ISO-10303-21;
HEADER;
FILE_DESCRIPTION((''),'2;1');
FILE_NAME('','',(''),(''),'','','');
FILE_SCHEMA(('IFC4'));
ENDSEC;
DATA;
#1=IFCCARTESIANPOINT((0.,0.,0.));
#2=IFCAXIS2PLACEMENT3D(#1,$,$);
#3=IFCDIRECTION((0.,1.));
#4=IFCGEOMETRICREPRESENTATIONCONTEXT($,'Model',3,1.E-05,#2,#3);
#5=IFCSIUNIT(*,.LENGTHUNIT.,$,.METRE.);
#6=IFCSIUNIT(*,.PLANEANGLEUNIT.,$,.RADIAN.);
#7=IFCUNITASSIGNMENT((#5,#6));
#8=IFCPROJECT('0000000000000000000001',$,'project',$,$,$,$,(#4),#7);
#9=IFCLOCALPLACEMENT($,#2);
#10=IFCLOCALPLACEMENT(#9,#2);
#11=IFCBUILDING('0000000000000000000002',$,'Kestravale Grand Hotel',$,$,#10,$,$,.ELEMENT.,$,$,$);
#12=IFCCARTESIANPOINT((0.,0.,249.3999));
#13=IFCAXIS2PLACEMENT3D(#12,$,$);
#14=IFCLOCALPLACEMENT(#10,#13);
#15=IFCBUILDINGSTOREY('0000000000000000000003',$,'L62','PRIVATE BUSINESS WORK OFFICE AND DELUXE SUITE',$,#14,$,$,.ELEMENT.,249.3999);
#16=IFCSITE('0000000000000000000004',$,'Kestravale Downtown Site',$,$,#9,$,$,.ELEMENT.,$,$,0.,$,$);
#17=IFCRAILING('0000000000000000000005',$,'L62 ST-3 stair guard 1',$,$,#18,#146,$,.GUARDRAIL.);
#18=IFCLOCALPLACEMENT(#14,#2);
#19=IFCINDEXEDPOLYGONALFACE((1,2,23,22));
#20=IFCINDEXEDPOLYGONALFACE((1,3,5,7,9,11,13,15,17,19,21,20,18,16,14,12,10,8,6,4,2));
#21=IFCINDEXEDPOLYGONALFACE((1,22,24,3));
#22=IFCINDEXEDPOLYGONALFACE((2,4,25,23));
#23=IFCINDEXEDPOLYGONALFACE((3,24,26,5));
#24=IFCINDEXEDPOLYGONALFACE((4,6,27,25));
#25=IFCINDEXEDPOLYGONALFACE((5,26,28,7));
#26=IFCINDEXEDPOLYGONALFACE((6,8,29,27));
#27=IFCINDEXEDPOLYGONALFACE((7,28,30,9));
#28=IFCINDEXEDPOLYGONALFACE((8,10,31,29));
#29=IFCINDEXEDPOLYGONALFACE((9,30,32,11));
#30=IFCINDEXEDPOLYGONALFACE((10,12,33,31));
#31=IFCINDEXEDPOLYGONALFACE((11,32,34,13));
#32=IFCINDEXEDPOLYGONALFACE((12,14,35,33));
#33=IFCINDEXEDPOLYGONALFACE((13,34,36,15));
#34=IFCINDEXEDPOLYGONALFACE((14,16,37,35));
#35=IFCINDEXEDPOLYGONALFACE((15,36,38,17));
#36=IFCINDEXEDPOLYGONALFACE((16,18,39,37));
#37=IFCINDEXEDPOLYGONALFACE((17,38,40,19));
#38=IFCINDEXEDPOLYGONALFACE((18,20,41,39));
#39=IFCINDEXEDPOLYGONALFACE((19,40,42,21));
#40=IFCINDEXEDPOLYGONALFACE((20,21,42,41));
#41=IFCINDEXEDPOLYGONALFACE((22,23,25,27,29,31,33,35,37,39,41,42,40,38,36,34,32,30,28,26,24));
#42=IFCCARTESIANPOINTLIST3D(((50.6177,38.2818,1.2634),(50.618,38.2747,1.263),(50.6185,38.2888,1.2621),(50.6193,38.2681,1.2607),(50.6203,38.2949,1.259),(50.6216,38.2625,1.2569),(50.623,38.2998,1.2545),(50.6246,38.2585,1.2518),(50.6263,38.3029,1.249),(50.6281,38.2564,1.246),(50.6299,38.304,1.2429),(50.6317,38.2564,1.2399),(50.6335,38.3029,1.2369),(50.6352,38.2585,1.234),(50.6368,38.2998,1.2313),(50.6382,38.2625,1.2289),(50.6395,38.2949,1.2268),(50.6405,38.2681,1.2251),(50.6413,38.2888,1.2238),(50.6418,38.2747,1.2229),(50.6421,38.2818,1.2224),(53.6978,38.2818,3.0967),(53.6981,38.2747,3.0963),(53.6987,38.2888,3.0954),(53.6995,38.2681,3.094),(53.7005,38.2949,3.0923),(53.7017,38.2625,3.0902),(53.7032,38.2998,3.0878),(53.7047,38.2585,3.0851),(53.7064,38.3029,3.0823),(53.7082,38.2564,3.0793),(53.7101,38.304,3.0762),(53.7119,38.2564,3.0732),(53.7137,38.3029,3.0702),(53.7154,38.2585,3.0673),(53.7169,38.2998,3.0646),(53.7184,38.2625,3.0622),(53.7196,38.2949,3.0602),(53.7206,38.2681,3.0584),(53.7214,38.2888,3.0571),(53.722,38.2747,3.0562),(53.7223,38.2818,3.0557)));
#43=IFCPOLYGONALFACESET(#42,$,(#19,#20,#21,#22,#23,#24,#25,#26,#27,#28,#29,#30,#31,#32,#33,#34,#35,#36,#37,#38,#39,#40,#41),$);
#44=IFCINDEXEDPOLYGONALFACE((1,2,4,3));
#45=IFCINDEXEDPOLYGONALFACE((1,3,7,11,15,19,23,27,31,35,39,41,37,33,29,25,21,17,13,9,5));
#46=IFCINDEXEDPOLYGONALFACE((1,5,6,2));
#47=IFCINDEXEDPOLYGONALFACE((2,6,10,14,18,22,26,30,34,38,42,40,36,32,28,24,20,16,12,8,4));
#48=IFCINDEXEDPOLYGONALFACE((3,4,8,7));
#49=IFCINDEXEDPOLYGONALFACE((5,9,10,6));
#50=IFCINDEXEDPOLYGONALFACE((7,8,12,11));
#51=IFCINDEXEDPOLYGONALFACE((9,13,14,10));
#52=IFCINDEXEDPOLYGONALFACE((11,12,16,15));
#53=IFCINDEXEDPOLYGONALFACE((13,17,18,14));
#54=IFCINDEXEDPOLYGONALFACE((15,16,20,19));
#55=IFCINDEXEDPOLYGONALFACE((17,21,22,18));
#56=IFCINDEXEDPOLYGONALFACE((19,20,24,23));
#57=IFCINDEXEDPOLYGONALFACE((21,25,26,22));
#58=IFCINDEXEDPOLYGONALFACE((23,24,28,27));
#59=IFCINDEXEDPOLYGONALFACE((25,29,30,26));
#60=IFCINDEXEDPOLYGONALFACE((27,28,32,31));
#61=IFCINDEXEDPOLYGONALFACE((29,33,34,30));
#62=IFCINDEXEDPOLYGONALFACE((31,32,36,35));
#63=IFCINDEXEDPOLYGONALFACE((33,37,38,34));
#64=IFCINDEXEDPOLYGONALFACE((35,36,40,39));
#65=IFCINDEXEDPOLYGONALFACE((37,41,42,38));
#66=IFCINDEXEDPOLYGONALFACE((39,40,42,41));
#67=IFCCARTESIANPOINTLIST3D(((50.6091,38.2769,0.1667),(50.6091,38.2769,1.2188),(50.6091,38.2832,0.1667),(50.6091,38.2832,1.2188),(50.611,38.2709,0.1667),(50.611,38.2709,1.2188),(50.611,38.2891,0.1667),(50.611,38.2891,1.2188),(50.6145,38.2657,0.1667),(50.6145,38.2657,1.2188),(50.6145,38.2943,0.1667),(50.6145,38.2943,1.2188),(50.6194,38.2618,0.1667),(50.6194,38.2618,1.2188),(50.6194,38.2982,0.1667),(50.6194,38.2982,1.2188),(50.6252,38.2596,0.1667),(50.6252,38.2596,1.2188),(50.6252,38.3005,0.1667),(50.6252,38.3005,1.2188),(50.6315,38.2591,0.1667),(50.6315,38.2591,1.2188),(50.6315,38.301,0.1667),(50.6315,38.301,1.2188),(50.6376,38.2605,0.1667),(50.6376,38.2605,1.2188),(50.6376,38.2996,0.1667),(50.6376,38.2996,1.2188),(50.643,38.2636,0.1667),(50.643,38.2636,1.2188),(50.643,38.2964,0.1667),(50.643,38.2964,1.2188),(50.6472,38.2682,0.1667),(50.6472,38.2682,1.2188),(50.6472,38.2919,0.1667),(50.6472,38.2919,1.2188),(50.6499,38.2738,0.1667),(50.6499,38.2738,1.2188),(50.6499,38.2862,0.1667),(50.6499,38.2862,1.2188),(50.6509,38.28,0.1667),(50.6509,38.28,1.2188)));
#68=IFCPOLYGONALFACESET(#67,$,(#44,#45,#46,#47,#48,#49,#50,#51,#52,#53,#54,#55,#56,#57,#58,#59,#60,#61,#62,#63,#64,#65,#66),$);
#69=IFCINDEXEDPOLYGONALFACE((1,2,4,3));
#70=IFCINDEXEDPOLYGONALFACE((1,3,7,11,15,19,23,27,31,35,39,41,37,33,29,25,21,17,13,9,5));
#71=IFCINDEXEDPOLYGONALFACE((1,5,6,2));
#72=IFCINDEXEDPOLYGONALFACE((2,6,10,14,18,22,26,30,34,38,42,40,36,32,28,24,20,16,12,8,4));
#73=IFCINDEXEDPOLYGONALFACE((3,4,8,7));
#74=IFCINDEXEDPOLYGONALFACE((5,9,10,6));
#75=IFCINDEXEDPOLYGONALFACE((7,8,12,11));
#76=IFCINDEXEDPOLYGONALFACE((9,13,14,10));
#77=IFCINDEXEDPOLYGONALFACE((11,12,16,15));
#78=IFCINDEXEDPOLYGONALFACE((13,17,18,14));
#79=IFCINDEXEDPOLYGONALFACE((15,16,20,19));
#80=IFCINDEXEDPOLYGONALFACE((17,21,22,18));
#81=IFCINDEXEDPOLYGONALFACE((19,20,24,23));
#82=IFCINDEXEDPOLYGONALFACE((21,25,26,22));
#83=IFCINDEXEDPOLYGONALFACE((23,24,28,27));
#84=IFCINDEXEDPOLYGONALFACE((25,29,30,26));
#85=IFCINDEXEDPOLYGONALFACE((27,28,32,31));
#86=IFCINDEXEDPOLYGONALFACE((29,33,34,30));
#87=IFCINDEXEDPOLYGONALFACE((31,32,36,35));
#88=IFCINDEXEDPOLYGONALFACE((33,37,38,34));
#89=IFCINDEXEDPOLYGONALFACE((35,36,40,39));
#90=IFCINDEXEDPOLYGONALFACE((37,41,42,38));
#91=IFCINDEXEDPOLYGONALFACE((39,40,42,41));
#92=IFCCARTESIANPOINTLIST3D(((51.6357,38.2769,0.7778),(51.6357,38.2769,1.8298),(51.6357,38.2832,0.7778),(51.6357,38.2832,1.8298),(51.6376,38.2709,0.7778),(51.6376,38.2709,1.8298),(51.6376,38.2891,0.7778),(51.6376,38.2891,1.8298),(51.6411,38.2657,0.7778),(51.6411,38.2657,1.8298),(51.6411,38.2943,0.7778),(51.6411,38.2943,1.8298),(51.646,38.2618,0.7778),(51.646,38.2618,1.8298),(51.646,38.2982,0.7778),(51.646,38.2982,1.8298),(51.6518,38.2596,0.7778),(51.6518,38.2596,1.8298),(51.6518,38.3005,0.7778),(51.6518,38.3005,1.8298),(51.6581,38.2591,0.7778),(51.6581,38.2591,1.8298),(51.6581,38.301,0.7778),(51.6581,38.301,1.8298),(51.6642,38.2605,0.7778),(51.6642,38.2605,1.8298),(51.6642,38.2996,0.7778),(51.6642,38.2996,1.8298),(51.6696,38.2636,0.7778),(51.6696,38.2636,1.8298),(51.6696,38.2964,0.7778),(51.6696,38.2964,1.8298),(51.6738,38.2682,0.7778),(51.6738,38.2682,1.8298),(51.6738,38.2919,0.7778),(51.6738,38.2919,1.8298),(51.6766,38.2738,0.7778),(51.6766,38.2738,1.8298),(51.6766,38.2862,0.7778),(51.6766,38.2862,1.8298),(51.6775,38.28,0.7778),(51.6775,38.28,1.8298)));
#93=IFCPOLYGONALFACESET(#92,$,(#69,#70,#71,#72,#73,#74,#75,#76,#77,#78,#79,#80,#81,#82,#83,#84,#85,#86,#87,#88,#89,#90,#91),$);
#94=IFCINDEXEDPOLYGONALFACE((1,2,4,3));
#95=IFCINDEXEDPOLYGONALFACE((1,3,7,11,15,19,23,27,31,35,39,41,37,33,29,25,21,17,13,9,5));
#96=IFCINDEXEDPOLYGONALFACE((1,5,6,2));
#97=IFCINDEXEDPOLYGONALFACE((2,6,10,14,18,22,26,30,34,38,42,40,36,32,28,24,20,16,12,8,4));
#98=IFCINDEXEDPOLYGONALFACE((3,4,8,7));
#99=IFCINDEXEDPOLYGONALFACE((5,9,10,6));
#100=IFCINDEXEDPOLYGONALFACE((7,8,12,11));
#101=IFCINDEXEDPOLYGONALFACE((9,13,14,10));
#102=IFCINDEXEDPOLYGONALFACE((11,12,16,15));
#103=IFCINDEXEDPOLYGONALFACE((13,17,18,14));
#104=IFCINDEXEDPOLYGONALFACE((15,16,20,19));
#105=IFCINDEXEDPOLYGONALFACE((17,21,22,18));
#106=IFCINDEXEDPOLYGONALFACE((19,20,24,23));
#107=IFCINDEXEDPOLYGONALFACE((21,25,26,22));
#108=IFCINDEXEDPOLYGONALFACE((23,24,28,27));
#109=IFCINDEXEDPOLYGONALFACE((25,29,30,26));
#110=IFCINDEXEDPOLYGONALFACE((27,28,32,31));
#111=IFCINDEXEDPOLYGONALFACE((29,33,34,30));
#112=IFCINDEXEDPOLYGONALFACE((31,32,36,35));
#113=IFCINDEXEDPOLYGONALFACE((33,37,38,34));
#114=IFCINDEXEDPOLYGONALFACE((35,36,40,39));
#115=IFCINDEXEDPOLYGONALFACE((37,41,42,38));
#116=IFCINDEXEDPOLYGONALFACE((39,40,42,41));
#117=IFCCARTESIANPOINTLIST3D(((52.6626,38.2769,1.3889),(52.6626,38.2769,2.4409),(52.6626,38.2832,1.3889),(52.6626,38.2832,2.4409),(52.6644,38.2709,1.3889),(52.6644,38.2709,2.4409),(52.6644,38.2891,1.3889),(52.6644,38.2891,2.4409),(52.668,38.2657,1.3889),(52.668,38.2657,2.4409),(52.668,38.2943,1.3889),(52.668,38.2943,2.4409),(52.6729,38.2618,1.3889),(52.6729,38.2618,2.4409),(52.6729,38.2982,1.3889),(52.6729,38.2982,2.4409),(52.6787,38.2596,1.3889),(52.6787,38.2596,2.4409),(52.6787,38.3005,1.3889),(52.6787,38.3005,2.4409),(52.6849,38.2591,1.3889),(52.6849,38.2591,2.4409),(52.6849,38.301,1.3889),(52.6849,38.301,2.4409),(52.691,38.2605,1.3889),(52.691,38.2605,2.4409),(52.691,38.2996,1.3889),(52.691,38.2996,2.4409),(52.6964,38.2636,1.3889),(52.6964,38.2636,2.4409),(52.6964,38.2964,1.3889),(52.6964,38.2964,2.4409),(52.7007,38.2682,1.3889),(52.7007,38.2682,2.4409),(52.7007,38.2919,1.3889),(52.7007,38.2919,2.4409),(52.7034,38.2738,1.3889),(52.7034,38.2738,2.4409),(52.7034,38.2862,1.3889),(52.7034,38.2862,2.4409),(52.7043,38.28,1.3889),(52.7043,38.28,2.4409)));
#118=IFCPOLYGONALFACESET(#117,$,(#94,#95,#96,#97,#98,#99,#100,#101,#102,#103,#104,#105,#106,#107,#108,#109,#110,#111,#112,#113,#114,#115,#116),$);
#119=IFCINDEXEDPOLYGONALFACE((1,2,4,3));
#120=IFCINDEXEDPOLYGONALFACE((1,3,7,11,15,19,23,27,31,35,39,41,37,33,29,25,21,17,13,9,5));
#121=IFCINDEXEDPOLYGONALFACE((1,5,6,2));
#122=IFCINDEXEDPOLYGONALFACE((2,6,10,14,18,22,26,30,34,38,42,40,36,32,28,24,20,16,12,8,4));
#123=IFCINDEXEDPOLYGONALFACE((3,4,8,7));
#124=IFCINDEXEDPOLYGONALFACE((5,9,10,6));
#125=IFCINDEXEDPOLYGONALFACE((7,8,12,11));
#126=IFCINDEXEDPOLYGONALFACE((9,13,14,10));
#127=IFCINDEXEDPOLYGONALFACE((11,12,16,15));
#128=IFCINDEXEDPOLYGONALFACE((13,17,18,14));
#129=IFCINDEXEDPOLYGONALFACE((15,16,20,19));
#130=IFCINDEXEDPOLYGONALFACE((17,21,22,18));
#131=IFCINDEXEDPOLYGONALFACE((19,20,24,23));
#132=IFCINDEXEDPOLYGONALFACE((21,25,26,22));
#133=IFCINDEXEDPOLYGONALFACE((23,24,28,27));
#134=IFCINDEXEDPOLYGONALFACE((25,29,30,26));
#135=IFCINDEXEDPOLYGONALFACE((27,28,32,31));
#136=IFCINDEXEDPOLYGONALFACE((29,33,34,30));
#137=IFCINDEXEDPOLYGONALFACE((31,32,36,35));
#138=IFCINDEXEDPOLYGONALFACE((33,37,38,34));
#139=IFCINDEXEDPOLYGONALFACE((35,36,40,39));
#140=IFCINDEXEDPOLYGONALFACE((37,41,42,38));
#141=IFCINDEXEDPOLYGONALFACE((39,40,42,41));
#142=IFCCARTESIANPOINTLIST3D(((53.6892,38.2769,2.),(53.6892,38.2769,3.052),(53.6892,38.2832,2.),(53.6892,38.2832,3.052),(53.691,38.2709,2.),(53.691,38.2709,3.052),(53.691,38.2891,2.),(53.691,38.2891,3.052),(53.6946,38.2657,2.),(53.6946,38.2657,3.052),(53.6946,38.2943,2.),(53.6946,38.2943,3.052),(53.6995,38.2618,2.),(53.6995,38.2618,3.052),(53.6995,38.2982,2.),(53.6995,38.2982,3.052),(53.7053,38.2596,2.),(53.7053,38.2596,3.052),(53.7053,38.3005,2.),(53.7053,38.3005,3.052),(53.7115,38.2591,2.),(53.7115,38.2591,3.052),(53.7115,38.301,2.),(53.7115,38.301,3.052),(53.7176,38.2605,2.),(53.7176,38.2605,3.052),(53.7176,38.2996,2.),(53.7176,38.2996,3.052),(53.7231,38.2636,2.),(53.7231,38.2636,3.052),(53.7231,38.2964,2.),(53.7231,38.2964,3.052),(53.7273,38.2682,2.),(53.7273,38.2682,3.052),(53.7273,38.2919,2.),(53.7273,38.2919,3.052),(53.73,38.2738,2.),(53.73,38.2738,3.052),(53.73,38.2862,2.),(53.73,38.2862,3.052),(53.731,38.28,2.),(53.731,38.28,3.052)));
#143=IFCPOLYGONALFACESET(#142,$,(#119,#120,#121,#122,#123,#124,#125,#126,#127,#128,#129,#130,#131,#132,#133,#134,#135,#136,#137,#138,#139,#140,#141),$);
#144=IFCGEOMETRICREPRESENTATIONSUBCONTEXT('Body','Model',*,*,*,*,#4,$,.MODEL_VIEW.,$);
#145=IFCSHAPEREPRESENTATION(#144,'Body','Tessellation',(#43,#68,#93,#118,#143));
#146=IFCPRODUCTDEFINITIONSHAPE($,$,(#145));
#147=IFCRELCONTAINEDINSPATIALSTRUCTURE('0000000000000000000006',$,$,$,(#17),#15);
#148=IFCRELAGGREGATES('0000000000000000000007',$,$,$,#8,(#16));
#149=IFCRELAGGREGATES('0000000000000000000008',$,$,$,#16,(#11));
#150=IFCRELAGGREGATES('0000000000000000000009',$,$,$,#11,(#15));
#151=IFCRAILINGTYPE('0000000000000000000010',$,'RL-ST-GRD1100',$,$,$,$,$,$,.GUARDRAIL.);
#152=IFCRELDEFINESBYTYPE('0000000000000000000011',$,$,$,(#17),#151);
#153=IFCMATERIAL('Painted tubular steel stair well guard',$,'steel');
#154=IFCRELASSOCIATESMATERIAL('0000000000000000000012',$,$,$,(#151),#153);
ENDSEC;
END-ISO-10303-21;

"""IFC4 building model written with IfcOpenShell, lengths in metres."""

from ifc_helpers import new_model, si_unit, direction, frame, origin, origin_2d, place, context, subcontext, project, spatial, circle, extrude, material, type_object, element, save


model = new_model("IFC4")

# Units and contexts
model_context = context("Model", 3, precision=1e-05, world=origin(), true_north=direction((0.0, 1.0)))
body_context = subcontext(model_context, "Body", "Model", "MODEL_VIEW")
ifc_project = project(units=[si_unit("LENGTHUNIT", "METRE"), si_unit("PLANEANGLEUNIT", "RADIAN")], contexts=[model_context])

# Site, building, storey
site_placement = place(None, origin())
site = spatial("IfcSite", under=ifc_project, at=site_placement, Name="Kestravale Downtown Site", CompositionType="ELEMENT", RefElevation=0.0)
building_placement = place(site_placement, origin())
building = spatial("IfcBuilding", under=site, at=building_placement, Name="Kestravale Grand Hotel", CompositionType="ELEMENT")
storey_placement = place(building_placement, frame((0.0, 0.0, 249.3999)))
storey = spatial("IfcBuildingStorey", under=building, at=storey_placement, Name="L62", Description="PRIVATE BUSINESS WORK OFFICE AND DELUXE SUITE", CompositionType="ELEMENT", Elevation=249.3999)

# Railing
ifc_material_1 = material(Name="Painted tubular steel stair well guard", Category="steel")
railing_type_1 = type_object("IfcRailingType", Name="RL-ST-GRD1100", PredefinedType="GUARDRAIL", material=ifc_material_1)
railing_1_placement = place(storey_placement, frame((50.6299, 38.28, 0.1667)))
element("IfcRailing", 1, at=railing_1_placement, inside=storey, type_object=railing_type_1, Name="L62 ST-3 stair guard 1", PredefinedType="GUARDRAIL", context=body_context, shape_type="SweptSolid", body=[
    extrude(circle(Radius=0.0239, at=origin_2d()), frame((0.0, 0.0, 1.0762), z_axis=(0.859309, 0.0, 0.511458), x_axis=(0.0, 1.0, 0.0)), (0.0, 0.0, 1.0), 3.5845),
    extrude(circle(Radius=0.021, at=origin_2d()), origin(), (0.0, 0.0, 1.0), 1.052),
    extrude(circle(Radius=0.021, at=origin_2d()), frame((1.0266, 0.0, 0.6111)), (0.0, 0.0, 1.0), 1.052),
    extrude(circle(Radius=0.021, at=origin_2d()), frame((2.0535, 0.0, 1.2222)), (0.0, 0.0, 1.0), 1.052),
    extrude(circle(Radius=0.021, at=origin_2d()), frame((3.0801, 0.0, 1.8333)), (0.0, 0.0, 1.0), 1.052),
])

save(model, "model.ifc")
